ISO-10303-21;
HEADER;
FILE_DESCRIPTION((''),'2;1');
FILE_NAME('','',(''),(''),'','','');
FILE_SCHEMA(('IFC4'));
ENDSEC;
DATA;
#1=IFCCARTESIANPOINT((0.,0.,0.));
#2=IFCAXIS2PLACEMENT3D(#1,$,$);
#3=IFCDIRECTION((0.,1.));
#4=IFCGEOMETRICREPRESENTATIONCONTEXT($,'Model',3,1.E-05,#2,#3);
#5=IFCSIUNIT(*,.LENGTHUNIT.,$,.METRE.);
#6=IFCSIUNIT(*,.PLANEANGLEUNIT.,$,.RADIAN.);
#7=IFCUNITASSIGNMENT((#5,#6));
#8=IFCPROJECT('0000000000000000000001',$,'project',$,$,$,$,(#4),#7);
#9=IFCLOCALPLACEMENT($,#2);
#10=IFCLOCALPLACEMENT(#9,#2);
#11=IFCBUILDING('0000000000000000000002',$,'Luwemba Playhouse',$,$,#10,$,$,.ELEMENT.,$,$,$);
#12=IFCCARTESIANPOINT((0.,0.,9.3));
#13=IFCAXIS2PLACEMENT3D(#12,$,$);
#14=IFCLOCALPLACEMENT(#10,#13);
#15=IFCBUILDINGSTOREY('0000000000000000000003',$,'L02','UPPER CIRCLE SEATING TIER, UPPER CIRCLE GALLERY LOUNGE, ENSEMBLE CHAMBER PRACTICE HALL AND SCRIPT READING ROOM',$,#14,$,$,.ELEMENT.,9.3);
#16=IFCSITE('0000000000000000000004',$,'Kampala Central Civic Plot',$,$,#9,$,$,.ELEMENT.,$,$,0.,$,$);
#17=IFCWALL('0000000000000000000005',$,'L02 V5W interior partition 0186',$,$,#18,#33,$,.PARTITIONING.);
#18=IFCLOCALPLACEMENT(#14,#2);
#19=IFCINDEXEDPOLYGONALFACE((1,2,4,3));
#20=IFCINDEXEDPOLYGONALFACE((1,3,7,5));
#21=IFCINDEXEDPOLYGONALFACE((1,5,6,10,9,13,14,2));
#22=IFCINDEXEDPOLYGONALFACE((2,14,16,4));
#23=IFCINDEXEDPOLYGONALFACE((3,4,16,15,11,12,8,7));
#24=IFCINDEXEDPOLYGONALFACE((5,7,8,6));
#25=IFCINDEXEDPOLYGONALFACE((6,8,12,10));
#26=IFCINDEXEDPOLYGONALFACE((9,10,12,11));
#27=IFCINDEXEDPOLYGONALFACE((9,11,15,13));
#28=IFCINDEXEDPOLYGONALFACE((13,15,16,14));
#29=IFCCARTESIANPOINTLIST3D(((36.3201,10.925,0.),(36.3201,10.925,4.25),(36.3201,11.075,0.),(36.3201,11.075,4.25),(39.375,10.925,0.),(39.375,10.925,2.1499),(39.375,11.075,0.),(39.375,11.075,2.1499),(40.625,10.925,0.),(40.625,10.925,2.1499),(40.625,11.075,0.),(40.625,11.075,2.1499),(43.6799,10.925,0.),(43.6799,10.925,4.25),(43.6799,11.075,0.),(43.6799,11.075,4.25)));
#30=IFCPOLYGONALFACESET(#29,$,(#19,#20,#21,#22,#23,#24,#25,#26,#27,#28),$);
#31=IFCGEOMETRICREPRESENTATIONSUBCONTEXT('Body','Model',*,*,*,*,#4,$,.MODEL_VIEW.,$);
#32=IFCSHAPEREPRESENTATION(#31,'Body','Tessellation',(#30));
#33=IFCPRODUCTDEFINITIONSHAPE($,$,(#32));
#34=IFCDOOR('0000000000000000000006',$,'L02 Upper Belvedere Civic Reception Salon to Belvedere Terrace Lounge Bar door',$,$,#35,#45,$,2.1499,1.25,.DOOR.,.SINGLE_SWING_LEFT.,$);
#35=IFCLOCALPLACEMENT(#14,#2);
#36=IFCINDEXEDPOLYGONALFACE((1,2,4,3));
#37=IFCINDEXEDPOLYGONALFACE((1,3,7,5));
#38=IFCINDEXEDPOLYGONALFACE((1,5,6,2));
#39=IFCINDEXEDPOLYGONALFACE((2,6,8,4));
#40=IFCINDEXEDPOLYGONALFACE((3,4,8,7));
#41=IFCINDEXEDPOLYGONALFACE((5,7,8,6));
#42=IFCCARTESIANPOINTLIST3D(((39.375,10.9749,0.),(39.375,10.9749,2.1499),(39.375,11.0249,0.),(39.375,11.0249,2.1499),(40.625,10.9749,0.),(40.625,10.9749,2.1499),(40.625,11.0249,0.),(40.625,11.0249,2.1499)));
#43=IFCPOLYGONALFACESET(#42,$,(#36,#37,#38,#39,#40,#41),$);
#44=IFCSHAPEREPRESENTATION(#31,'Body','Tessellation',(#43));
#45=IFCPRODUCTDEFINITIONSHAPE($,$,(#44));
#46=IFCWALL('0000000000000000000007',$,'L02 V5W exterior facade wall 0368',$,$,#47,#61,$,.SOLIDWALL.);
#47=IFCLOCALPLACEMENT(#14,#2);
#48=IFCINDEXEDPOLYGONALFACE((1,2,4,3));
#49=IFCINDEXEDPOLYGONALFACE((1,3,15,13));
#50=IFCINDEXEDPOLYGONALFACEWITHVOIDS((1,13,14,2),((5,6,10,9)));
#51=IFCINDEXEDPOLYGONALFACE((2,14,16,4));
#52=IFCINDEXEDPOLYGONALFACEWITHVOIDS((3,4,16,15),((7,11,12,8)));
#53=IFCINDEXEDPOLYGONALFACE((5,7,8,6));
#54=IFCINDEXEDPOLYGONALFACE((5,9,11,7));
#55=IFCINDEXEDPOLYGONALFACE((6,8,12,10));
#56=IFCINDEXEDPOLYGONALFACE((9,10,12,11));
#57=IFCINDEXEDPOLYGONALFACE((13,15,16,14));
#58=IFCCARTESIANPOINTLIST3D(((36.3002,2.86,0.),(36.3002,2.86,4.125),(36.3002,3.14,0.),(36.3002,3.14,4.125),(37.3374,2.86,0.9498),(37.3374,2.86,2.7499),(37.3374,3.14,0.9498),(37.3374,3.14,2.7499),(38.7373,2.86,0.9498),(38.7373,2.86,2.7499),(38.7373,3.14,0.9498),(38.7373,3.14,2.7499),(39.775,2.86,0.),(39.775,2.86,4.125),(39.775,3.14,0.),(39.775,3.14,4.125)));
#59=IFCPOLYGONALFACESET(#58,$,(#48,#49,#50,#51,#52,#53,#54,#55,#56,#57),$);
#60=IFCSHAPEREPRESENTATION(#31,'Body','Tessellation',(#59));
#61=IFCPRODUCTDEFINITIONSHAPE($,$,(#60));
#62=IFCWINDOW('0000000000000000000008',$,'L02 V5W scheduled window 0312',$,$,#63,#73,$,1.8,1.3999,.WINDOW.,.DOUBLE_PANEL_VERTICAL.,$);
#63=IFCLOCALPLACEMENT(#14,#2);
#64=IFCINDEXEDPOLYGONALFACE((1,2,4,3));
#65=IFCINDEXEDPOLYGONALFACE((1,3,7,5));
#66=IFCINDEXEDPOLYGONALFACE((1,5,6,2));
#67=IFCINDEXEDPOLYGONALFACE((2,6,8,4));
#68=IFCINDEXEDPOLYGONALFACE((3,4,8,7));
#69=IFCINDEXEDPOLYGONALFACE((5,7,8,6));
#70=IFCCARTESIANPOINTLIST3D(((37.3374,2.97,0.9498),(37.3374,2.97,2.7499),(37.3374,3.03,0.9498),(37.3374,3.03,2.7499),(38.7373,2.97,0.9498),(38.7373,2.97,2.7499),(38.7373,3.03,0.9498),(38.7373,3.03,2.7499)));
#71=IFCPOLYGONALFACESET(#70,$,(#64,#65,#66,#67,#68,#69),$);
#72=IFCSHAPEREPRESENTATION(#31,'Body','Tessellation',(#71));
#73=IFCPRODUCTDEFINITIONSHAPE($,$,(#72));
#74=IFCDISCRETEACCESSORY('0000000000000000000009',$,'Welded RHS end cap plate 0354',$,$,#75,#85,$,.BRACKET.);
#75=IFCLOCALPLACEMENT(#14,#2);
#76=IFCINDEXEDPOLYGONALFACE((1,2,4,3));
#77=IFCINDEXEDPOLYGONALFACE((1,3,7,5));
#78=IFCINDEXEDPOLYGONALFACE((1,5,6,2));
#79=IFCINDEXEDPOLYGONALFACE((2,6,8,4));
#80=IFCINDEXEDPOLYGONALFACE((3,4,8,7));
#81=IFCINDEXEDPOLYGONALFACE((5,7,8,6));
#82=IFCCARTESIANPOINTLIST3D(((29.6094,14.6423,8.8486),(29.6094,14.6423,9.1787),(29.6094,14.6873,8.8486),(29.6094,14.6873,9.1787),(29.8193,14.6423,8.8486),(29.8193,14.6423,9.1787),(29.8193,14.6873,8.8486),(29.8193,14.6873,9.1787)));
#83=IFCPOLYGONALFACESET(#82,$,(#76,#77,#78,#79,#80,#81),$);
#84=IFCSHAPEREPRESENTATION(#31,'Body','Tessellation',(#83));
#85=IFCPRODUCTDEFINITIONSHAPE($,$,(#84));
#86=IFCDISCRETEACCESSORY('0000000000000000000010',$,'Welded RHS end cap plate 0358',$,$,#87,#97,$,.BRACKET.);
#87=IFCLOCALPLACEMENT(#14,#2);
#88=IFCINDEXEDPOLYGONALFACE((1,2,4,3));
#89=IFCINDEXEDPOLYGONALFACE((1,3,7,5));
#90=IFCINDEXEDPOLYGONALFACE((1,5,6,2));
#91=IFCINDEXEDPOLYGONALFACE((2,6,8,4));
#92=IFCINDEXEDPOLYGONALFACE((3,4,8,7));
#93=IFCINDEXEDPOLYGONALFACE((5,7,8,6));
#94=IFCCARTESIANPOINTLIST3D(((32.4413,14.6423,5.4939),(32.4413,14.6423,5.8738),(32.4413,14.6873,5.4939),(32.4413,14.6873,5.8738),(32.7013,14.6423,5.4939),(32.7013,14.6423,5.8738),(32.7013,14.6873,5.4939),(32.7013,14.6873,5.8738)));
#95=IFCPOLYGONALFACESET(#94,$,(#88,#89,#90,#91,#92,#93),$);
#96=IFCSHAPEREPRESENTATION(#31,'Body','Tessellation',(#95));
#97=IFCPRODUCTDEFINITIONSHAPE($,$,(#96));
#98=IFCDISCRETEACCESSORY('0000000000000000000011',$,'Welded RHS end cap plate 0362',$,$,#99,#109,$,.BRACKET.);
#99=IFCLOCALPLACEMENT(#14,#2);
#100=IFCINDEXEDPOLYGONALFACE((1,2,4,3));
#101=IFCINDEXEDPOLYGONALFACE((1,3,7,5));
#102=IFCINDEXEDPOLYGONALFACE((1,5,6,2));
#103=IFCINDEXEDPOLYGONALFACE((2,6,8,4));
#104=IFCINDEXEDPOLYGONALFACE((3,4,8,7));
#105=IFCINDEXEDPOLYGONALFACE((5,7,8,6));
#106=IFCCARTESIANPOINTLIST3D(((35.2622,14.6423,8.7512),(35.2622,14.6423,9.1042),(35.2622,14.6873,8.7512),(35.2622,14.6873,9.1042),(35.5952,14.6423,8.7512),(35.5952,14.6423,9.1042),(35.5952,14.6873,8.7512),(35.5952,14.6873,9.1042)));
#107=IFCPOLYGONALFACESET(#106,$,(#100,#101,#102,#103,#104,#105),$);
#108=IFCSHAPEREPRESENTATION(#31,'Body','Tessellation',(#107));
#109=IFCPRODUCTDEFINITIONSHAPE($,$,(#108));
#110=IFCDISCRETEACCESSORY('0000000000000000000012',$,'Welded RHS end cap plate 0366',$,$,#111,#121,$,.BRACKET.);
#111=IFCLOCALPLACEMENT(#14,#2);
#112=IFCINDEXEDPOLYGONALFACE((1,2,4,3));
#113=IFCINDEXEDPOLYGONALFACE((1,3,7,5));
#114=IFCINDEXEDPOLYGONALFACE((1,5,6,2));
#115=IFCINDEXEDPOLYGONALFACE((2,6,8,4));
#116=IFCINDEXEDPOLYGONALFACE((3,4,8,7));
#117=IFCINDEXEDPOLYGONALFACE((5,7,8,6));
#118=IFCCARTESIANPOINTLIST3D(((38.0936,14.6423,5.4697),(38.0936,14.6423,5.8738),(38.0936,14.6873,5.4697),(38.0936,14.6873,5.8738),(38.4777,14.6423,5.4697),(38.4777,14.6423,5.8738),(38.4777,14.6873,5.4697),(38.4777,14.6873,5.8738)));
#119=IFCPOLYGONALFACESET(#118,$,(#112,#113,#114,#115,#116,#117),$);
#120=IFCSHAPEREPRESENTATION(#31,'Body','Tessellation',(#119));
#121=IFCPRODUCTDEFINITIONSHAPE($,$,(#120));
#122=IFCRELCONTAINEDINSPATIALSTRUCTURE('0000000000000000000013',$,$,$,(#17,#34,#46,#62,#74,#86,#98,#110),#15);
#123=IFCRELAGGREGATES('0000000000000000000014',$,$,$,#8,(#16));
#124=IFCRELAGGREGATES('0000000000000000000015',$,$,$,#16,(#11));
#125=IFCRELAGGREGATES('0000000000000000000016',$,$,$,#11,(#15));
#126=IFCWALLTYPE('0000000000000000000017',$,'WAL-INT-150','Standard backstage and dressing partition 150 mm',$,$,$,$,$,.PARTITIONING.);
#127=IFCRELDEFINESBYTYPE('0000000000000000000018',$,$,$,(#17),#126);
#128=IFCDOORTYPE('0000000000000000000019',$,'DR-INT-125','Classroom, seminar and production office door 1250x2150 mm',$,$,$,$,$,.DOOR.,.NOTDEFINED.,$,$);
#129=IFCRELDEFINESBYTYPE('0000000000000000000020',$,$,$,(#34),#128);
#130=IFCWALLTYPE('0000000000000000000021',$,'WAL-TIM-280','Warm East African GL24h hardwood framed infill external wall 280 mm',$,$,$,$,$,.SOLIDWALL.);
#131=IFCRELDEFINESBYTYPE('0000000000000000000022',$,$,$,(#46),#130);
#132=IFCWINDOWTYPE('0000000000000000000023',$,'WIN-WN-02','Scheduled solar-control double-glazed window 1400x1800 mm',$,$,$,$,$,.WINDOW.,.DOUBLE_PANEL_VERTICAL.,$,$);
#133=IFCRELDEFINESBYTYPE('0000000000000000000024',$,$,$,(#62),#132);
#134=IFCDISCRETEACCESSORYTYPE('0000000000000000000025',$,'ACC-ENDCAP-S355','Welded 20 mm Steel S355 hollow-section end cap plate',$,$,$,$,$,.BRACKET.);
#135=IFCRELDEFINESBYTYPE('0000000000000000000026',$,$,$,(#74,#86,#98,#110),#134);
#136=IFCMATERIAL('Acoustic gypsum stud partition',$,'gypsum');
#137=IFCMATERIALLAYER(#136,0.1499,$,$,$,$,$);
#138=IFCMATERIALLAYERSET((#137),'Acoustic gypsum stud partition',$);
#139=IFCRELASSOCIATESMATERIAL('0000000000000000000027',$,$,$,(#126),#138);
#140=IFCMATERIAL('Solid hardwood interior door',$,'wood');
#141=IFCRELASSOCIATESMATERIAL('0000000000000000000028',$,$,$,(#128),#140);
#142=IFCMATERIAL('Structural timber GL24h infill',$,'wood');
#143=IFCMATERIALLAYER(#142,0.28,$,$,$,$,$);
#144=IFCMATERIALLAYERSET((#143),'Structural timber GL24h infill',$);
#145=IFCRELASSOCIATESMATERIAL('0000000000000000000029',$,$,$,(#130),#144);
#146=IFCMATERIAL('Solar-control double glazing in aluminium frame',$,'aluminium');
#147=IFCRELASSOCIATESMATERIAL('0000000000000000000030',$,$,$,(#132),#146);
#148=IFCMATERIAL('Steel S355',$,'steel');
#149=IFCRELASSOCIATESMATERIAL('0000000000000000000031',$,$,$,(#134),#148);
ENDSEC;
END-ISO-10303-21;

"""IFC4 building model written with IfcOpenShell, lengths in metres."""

from ifc_helpers import new_model, si_unit, direction, frame, frame_2d, origin, origin_2d, place, context, subcontext, project, spatial, rectangle, extrude, material, layer, layer_set, type_object, element, fill, save


model = new_model("IFC4")

# Units and contexts
model_context = context("Model", 3, precision=1e-05, world=origin(), true_north=direction((0.0, 1.0)))
body_context = subcontext(model_context, "Body", "Model", "MODEL_VIEW")
ifc_project = project(units=[si_unit("LENGTHUNIT", "METRE"), si_unit("PLANEANGLEUNIT", "RADIAN")], contexts=[model_context])

# Site, building, storey
site_placement = place(None, origin())
site = spatial("IfcSite", under=ifc_project, at=site_placement, Name="Kampala Central Civic Plot", CompositionType="ELEMENT", RefElevation=0.0)
building_placement = place(site_placement, origin())
building = spatial("IfcBuilding", under=site, at=building_placement, Name="Luwemba Playhouse", CompositionType="ELEMENT")
storey_placement = place(building_placement, frame((0.0, 0.0, 9.3)))
storey = spatial("IfcBuildingStorey", under=building, at=storey_placement, Name="L02", Description="UPPER CIRCLE SEATING TIER, UPPER CIRCLE GALLERY LOUNGE, ENSEMBLE CHAMBER PRACTICE HALL AND SCRIPT READING ROOM", CompositionType="ELEMENT", Elevation=9.3)

# Shared definitions
ifc_material_1 = material(Name="Steel S355", Category="steel")

# Wall, opening, door
ifc_material_2 = material(Name="Acoustic gypsum stud partition", Category="gypsum")
ifc_layer_1 = layer(ifc_material_2, 0.1499)
ifc_layer_set_1 = layer_set([ifc_layer_1], Name="Acoustic gypsum stud partition")
wall_type_1 = type_object("IfcWallType", Name="WAL-INT-150", Description="Standard backstage and dressing partition 150 mm", PredefinedType="PARTITIONING", material=ifc_layer_set_1)
wall_1_placement = place(storey_placement, frame((36.3201, 11.0, 0.0), z_axis=(0.0, 0.0, 1.0), x_axis=(1.0, 0.0, 0.0)))
wall_1 = element("IfcWall", 1, at=wall_1_placement, inside=storey, type_object=wall_type_1, Name="L02 V5W interior partition 0186", PredefinedType="PARTITIONING", context=body_context, shape_type="SweptSolid", body=[
    extrude(rectangle(XDim=7.3599, YDim=0.1499, at=frame_2d((3.6799, 0.0))), origin(), (0.0, 0.0, 1.0), 4.25),
])
opening_1_placement = place(wall_1_placement, frame((3.0549, 0.0, 0.0)))
opening_1 = element("IfcOpeningElement", 2, at=opening_1_placement, cuts=wall_1, PredefinedType="OPENING", context=body_context, shape_type="SweptSolid", body=[
    extrude(rectangle(XDim=1.25, YDim=2.1499, at=frame_2d((0.625, 1.075))), frame((0.0, 0.085, 0.0), z_axis=(0.0, -1.0, 0.0), x_axis=(1.0, 0.0, 0.0)), (0.0, 0.0, 1.0), 0.1699),
])
ifc_material_3 = material(Name="Solid hardwood interior door", Category="wood")
door_type = type_object("IfcDoorType", Name="DR-INT-125", Description="Classroom, seminar and production office door 1250x2150 mm", OperationType="NOTDEFINED", PredefinedType="DOOR", material=ifc_material_3)
door_placement = place(opening_1_placement, origin())
door = element("IfcDoor", 3, at=door_placement, inside=storey, type_object=door_type, Name="L02 Upper Belvedere Civic Reception Salon to Belvedere Terrace Lounge Bar door", OperationType="SINGLE_SWING_LEFT", OverallHeight=2.1499, OverallWidth=1.25, PredefinedType="DOOR", context=body_context, shape_type="SweptSolid", body=[
    extrude(rectangle(XDim=1.25, YDim=2.1499, at=frame_2d((0.625, 1.075))), frame((0.0, 0.0249, 0.0), z_axis=(0.0, -1.0, 0.0), x_axis=(1.0, 0.0, 0.0)), (0.0, 0.0, 1.0), 0.05),
])
fill(opening_1, door)

# Wall, opening, window
ifc_material_4 = material(Name="Structural timber GL24h infill", Category="wood")
ifc_layer_2 = layer(ifc_material_4, 0.28)
ifc_layer_set_2 = layer_set([ifc_layer_2], Name="Structural timber GL24h infill")
wall_type_2 = type_object("IfcWallType", Name="WAL-TIM-280", Description="Warm East African GL24h hardwood framed infill external wall 280 mm", PredefinedType="SOLIDWALL", material=ifc_layer_set_2)
wall_2_placement = place(storey_placement, frame((39.7749, 3.0, 0.0), z_axis=(0.0, 0.0, 1.0), x_axis=(-1.0, 0.0, 0.0)))
wall_2 = element("IfcWall", 4, at=wall_2_placement, inside=storey, type_object=wall_type_2, Name="L02 V5W exterior facade wall 0368", PredefinedType="SOLIDWALL", context=body_context, shape_type="SweptSolid", body=[
    extrude(rectangle(XDim=3.4749, YDim=0.28, at=frame_2d((1.7373, 0.0))), origin(), (0.0, 0.0, 1.0), 4.125),
])
opening_2_placement = place(wall_2_placement, frame((1.0376, 0.0, 0.95)))
opening_2 = element("IfcOpeningElement", 5, at=opening_2_placement, cuts=wall_2, PredefinedType="OPENING", context=body_context, shape_type="SweptSolid", body=[
    extrude(rectangle(XDim=1.3999, YDim=1.8, at=frame_2d((0.7, 0.8999))), frame((0.0, 0.1499, 0.0), z_axis=(0.0, -1.0, 0.0), x_axis=(1.0, 0.0, 0.0)), (0.0, 0.0, 1.0), 0.3),
])
ifc_material_5 = material(Name="Solar-control double glazing in aluminium frame", Category="aluminium")
window_type = type_object("IfcWindowType", Name="WIN-WN-02", Description="Scheduled solar-control double-glazed window 1400x1800 mm", PartitioningType="DOUBLE_PANEL_VERTICAL", PredefinedType="WINDOW", material=ifc_material_5)
window_placement = place(opening_2_placement, origin())
window = element("IfcWindow", 6, at=window_placement, inside=storey, type_object=window_type, Name="L02 V5W scheduled window 0312", OverallHeight=1.8, OverallWidth=1.3999, PartitioningType="DOUBLE_PANEL_VERTICAL", PredefinedType="WINDOW", context=body_context, shape_type="SweptSolid", body=[
    extrude(rectangle(XDim=1.3999, YDim=1.8, at=frame_2d((0.7, 0.8999))), frame((0.0, 0.03, 0.0), z_axis=(0.0, -1.0, 0.0), x_axis=(1.0, 0.0, 0.0)), (0.0, 0.0, 1.0), 0.0601),
])
fill(opening_2, window)

# Discrete accessories
discrete_accessory_type = type_object("IfcDiscreteAccessoryType", Name="ACC-ENDCAP-S355", Description="Welded 20 mm Steel S355 hollow-section end cap plate", PredefinedType="BRACKET", material=ifc_material_1)
discrete_accessory_1_placement = place(storey_placement, frame((29.7144, 14.6648, 8.8486), z_axis=(0.0, 0.0, 1.0), x_axis=(1.0, 0.0, 0.0)))
element("IfcDiscreteAccessory", 7, at=discrete_accessory_1_placement, inside=storey, type_object=discrete_accessory_type, Name="Welded RHS end cap plate 0354", PredefinedType="BRACKET", context=body_context, shape_type="SweptSolid", body=[
    extrude(rectangle(XDim=0.21, YDim=0.0449, at=origin_2d()), origin(), (0.0, 0.0, 1.0), 0.3301),
])
discrete_accessory_2_placement = place(storey_placement, frame((32.5713, 14.6648, 5.4939), z_axis=(0.0, 0.0, 1.0), x_axis=(1.0, 0.0, 0.0)))
element("IfcDiscreteAccessory", 8, at=discrete_accessory_2_placement, inside=storey, type_object=discrete_accessory_type, Name="Welded RHS end cap plate 0358", PredefinedType="BRACKET", context=body_context, shape_type="SweptSolid", body=[
    extrude(rectangle(XDim=0.26, YDim=0.0449, at=origin_2d()), origin(), (0.0, 0.0, 1.0), 0.3799),
])
discrete_accessory_3_placement = place(storey_placement, frame((35.4287, 14.6648, 8.7512), z_axis=(0.0, 0.0, 1.0), x_axis=(1.0, 0.0, 0.0)))
element("IfcDiscreteAccessory", 9, at=discrete_accessory_3_placement, inside=storey, type_object=discrete_accessory_type, Name="Welded RHS end cap plate 0362", PredefinedType="BRACKET", context=body_context, shape_type="SweptSolid", body=[
    extrude(rectangle(XDim=0.333, YDim=0.0449, at=origin_2d()), origin(), (0.0, 0.0, 1.0), 0.353),
])
discrete_accessory_4_placement = place(storey_placement, frame((38.2856, 14.6648, 5.4697), z_axis=(0.0, 0.0, 1.0), x_axis=(1.0, 0.0, 0.0)))
element("IfcDiscreteAccessory", 10, at=discrete_accessory_4_placement, inside=storey, type_object=discrete_accessory_type, Name="Welded RHS end cap plate 0366", PredefinedType="BRACKET", context=body_context, shape_type="SweptSolid", body=[
    extrude(rectangle(XDim=0.384, YDim=0.0449, at=origin_2d()), origin(), (0.0, 0.0, 1.0), 0.4041),
])

save(model, "model.ifc")
